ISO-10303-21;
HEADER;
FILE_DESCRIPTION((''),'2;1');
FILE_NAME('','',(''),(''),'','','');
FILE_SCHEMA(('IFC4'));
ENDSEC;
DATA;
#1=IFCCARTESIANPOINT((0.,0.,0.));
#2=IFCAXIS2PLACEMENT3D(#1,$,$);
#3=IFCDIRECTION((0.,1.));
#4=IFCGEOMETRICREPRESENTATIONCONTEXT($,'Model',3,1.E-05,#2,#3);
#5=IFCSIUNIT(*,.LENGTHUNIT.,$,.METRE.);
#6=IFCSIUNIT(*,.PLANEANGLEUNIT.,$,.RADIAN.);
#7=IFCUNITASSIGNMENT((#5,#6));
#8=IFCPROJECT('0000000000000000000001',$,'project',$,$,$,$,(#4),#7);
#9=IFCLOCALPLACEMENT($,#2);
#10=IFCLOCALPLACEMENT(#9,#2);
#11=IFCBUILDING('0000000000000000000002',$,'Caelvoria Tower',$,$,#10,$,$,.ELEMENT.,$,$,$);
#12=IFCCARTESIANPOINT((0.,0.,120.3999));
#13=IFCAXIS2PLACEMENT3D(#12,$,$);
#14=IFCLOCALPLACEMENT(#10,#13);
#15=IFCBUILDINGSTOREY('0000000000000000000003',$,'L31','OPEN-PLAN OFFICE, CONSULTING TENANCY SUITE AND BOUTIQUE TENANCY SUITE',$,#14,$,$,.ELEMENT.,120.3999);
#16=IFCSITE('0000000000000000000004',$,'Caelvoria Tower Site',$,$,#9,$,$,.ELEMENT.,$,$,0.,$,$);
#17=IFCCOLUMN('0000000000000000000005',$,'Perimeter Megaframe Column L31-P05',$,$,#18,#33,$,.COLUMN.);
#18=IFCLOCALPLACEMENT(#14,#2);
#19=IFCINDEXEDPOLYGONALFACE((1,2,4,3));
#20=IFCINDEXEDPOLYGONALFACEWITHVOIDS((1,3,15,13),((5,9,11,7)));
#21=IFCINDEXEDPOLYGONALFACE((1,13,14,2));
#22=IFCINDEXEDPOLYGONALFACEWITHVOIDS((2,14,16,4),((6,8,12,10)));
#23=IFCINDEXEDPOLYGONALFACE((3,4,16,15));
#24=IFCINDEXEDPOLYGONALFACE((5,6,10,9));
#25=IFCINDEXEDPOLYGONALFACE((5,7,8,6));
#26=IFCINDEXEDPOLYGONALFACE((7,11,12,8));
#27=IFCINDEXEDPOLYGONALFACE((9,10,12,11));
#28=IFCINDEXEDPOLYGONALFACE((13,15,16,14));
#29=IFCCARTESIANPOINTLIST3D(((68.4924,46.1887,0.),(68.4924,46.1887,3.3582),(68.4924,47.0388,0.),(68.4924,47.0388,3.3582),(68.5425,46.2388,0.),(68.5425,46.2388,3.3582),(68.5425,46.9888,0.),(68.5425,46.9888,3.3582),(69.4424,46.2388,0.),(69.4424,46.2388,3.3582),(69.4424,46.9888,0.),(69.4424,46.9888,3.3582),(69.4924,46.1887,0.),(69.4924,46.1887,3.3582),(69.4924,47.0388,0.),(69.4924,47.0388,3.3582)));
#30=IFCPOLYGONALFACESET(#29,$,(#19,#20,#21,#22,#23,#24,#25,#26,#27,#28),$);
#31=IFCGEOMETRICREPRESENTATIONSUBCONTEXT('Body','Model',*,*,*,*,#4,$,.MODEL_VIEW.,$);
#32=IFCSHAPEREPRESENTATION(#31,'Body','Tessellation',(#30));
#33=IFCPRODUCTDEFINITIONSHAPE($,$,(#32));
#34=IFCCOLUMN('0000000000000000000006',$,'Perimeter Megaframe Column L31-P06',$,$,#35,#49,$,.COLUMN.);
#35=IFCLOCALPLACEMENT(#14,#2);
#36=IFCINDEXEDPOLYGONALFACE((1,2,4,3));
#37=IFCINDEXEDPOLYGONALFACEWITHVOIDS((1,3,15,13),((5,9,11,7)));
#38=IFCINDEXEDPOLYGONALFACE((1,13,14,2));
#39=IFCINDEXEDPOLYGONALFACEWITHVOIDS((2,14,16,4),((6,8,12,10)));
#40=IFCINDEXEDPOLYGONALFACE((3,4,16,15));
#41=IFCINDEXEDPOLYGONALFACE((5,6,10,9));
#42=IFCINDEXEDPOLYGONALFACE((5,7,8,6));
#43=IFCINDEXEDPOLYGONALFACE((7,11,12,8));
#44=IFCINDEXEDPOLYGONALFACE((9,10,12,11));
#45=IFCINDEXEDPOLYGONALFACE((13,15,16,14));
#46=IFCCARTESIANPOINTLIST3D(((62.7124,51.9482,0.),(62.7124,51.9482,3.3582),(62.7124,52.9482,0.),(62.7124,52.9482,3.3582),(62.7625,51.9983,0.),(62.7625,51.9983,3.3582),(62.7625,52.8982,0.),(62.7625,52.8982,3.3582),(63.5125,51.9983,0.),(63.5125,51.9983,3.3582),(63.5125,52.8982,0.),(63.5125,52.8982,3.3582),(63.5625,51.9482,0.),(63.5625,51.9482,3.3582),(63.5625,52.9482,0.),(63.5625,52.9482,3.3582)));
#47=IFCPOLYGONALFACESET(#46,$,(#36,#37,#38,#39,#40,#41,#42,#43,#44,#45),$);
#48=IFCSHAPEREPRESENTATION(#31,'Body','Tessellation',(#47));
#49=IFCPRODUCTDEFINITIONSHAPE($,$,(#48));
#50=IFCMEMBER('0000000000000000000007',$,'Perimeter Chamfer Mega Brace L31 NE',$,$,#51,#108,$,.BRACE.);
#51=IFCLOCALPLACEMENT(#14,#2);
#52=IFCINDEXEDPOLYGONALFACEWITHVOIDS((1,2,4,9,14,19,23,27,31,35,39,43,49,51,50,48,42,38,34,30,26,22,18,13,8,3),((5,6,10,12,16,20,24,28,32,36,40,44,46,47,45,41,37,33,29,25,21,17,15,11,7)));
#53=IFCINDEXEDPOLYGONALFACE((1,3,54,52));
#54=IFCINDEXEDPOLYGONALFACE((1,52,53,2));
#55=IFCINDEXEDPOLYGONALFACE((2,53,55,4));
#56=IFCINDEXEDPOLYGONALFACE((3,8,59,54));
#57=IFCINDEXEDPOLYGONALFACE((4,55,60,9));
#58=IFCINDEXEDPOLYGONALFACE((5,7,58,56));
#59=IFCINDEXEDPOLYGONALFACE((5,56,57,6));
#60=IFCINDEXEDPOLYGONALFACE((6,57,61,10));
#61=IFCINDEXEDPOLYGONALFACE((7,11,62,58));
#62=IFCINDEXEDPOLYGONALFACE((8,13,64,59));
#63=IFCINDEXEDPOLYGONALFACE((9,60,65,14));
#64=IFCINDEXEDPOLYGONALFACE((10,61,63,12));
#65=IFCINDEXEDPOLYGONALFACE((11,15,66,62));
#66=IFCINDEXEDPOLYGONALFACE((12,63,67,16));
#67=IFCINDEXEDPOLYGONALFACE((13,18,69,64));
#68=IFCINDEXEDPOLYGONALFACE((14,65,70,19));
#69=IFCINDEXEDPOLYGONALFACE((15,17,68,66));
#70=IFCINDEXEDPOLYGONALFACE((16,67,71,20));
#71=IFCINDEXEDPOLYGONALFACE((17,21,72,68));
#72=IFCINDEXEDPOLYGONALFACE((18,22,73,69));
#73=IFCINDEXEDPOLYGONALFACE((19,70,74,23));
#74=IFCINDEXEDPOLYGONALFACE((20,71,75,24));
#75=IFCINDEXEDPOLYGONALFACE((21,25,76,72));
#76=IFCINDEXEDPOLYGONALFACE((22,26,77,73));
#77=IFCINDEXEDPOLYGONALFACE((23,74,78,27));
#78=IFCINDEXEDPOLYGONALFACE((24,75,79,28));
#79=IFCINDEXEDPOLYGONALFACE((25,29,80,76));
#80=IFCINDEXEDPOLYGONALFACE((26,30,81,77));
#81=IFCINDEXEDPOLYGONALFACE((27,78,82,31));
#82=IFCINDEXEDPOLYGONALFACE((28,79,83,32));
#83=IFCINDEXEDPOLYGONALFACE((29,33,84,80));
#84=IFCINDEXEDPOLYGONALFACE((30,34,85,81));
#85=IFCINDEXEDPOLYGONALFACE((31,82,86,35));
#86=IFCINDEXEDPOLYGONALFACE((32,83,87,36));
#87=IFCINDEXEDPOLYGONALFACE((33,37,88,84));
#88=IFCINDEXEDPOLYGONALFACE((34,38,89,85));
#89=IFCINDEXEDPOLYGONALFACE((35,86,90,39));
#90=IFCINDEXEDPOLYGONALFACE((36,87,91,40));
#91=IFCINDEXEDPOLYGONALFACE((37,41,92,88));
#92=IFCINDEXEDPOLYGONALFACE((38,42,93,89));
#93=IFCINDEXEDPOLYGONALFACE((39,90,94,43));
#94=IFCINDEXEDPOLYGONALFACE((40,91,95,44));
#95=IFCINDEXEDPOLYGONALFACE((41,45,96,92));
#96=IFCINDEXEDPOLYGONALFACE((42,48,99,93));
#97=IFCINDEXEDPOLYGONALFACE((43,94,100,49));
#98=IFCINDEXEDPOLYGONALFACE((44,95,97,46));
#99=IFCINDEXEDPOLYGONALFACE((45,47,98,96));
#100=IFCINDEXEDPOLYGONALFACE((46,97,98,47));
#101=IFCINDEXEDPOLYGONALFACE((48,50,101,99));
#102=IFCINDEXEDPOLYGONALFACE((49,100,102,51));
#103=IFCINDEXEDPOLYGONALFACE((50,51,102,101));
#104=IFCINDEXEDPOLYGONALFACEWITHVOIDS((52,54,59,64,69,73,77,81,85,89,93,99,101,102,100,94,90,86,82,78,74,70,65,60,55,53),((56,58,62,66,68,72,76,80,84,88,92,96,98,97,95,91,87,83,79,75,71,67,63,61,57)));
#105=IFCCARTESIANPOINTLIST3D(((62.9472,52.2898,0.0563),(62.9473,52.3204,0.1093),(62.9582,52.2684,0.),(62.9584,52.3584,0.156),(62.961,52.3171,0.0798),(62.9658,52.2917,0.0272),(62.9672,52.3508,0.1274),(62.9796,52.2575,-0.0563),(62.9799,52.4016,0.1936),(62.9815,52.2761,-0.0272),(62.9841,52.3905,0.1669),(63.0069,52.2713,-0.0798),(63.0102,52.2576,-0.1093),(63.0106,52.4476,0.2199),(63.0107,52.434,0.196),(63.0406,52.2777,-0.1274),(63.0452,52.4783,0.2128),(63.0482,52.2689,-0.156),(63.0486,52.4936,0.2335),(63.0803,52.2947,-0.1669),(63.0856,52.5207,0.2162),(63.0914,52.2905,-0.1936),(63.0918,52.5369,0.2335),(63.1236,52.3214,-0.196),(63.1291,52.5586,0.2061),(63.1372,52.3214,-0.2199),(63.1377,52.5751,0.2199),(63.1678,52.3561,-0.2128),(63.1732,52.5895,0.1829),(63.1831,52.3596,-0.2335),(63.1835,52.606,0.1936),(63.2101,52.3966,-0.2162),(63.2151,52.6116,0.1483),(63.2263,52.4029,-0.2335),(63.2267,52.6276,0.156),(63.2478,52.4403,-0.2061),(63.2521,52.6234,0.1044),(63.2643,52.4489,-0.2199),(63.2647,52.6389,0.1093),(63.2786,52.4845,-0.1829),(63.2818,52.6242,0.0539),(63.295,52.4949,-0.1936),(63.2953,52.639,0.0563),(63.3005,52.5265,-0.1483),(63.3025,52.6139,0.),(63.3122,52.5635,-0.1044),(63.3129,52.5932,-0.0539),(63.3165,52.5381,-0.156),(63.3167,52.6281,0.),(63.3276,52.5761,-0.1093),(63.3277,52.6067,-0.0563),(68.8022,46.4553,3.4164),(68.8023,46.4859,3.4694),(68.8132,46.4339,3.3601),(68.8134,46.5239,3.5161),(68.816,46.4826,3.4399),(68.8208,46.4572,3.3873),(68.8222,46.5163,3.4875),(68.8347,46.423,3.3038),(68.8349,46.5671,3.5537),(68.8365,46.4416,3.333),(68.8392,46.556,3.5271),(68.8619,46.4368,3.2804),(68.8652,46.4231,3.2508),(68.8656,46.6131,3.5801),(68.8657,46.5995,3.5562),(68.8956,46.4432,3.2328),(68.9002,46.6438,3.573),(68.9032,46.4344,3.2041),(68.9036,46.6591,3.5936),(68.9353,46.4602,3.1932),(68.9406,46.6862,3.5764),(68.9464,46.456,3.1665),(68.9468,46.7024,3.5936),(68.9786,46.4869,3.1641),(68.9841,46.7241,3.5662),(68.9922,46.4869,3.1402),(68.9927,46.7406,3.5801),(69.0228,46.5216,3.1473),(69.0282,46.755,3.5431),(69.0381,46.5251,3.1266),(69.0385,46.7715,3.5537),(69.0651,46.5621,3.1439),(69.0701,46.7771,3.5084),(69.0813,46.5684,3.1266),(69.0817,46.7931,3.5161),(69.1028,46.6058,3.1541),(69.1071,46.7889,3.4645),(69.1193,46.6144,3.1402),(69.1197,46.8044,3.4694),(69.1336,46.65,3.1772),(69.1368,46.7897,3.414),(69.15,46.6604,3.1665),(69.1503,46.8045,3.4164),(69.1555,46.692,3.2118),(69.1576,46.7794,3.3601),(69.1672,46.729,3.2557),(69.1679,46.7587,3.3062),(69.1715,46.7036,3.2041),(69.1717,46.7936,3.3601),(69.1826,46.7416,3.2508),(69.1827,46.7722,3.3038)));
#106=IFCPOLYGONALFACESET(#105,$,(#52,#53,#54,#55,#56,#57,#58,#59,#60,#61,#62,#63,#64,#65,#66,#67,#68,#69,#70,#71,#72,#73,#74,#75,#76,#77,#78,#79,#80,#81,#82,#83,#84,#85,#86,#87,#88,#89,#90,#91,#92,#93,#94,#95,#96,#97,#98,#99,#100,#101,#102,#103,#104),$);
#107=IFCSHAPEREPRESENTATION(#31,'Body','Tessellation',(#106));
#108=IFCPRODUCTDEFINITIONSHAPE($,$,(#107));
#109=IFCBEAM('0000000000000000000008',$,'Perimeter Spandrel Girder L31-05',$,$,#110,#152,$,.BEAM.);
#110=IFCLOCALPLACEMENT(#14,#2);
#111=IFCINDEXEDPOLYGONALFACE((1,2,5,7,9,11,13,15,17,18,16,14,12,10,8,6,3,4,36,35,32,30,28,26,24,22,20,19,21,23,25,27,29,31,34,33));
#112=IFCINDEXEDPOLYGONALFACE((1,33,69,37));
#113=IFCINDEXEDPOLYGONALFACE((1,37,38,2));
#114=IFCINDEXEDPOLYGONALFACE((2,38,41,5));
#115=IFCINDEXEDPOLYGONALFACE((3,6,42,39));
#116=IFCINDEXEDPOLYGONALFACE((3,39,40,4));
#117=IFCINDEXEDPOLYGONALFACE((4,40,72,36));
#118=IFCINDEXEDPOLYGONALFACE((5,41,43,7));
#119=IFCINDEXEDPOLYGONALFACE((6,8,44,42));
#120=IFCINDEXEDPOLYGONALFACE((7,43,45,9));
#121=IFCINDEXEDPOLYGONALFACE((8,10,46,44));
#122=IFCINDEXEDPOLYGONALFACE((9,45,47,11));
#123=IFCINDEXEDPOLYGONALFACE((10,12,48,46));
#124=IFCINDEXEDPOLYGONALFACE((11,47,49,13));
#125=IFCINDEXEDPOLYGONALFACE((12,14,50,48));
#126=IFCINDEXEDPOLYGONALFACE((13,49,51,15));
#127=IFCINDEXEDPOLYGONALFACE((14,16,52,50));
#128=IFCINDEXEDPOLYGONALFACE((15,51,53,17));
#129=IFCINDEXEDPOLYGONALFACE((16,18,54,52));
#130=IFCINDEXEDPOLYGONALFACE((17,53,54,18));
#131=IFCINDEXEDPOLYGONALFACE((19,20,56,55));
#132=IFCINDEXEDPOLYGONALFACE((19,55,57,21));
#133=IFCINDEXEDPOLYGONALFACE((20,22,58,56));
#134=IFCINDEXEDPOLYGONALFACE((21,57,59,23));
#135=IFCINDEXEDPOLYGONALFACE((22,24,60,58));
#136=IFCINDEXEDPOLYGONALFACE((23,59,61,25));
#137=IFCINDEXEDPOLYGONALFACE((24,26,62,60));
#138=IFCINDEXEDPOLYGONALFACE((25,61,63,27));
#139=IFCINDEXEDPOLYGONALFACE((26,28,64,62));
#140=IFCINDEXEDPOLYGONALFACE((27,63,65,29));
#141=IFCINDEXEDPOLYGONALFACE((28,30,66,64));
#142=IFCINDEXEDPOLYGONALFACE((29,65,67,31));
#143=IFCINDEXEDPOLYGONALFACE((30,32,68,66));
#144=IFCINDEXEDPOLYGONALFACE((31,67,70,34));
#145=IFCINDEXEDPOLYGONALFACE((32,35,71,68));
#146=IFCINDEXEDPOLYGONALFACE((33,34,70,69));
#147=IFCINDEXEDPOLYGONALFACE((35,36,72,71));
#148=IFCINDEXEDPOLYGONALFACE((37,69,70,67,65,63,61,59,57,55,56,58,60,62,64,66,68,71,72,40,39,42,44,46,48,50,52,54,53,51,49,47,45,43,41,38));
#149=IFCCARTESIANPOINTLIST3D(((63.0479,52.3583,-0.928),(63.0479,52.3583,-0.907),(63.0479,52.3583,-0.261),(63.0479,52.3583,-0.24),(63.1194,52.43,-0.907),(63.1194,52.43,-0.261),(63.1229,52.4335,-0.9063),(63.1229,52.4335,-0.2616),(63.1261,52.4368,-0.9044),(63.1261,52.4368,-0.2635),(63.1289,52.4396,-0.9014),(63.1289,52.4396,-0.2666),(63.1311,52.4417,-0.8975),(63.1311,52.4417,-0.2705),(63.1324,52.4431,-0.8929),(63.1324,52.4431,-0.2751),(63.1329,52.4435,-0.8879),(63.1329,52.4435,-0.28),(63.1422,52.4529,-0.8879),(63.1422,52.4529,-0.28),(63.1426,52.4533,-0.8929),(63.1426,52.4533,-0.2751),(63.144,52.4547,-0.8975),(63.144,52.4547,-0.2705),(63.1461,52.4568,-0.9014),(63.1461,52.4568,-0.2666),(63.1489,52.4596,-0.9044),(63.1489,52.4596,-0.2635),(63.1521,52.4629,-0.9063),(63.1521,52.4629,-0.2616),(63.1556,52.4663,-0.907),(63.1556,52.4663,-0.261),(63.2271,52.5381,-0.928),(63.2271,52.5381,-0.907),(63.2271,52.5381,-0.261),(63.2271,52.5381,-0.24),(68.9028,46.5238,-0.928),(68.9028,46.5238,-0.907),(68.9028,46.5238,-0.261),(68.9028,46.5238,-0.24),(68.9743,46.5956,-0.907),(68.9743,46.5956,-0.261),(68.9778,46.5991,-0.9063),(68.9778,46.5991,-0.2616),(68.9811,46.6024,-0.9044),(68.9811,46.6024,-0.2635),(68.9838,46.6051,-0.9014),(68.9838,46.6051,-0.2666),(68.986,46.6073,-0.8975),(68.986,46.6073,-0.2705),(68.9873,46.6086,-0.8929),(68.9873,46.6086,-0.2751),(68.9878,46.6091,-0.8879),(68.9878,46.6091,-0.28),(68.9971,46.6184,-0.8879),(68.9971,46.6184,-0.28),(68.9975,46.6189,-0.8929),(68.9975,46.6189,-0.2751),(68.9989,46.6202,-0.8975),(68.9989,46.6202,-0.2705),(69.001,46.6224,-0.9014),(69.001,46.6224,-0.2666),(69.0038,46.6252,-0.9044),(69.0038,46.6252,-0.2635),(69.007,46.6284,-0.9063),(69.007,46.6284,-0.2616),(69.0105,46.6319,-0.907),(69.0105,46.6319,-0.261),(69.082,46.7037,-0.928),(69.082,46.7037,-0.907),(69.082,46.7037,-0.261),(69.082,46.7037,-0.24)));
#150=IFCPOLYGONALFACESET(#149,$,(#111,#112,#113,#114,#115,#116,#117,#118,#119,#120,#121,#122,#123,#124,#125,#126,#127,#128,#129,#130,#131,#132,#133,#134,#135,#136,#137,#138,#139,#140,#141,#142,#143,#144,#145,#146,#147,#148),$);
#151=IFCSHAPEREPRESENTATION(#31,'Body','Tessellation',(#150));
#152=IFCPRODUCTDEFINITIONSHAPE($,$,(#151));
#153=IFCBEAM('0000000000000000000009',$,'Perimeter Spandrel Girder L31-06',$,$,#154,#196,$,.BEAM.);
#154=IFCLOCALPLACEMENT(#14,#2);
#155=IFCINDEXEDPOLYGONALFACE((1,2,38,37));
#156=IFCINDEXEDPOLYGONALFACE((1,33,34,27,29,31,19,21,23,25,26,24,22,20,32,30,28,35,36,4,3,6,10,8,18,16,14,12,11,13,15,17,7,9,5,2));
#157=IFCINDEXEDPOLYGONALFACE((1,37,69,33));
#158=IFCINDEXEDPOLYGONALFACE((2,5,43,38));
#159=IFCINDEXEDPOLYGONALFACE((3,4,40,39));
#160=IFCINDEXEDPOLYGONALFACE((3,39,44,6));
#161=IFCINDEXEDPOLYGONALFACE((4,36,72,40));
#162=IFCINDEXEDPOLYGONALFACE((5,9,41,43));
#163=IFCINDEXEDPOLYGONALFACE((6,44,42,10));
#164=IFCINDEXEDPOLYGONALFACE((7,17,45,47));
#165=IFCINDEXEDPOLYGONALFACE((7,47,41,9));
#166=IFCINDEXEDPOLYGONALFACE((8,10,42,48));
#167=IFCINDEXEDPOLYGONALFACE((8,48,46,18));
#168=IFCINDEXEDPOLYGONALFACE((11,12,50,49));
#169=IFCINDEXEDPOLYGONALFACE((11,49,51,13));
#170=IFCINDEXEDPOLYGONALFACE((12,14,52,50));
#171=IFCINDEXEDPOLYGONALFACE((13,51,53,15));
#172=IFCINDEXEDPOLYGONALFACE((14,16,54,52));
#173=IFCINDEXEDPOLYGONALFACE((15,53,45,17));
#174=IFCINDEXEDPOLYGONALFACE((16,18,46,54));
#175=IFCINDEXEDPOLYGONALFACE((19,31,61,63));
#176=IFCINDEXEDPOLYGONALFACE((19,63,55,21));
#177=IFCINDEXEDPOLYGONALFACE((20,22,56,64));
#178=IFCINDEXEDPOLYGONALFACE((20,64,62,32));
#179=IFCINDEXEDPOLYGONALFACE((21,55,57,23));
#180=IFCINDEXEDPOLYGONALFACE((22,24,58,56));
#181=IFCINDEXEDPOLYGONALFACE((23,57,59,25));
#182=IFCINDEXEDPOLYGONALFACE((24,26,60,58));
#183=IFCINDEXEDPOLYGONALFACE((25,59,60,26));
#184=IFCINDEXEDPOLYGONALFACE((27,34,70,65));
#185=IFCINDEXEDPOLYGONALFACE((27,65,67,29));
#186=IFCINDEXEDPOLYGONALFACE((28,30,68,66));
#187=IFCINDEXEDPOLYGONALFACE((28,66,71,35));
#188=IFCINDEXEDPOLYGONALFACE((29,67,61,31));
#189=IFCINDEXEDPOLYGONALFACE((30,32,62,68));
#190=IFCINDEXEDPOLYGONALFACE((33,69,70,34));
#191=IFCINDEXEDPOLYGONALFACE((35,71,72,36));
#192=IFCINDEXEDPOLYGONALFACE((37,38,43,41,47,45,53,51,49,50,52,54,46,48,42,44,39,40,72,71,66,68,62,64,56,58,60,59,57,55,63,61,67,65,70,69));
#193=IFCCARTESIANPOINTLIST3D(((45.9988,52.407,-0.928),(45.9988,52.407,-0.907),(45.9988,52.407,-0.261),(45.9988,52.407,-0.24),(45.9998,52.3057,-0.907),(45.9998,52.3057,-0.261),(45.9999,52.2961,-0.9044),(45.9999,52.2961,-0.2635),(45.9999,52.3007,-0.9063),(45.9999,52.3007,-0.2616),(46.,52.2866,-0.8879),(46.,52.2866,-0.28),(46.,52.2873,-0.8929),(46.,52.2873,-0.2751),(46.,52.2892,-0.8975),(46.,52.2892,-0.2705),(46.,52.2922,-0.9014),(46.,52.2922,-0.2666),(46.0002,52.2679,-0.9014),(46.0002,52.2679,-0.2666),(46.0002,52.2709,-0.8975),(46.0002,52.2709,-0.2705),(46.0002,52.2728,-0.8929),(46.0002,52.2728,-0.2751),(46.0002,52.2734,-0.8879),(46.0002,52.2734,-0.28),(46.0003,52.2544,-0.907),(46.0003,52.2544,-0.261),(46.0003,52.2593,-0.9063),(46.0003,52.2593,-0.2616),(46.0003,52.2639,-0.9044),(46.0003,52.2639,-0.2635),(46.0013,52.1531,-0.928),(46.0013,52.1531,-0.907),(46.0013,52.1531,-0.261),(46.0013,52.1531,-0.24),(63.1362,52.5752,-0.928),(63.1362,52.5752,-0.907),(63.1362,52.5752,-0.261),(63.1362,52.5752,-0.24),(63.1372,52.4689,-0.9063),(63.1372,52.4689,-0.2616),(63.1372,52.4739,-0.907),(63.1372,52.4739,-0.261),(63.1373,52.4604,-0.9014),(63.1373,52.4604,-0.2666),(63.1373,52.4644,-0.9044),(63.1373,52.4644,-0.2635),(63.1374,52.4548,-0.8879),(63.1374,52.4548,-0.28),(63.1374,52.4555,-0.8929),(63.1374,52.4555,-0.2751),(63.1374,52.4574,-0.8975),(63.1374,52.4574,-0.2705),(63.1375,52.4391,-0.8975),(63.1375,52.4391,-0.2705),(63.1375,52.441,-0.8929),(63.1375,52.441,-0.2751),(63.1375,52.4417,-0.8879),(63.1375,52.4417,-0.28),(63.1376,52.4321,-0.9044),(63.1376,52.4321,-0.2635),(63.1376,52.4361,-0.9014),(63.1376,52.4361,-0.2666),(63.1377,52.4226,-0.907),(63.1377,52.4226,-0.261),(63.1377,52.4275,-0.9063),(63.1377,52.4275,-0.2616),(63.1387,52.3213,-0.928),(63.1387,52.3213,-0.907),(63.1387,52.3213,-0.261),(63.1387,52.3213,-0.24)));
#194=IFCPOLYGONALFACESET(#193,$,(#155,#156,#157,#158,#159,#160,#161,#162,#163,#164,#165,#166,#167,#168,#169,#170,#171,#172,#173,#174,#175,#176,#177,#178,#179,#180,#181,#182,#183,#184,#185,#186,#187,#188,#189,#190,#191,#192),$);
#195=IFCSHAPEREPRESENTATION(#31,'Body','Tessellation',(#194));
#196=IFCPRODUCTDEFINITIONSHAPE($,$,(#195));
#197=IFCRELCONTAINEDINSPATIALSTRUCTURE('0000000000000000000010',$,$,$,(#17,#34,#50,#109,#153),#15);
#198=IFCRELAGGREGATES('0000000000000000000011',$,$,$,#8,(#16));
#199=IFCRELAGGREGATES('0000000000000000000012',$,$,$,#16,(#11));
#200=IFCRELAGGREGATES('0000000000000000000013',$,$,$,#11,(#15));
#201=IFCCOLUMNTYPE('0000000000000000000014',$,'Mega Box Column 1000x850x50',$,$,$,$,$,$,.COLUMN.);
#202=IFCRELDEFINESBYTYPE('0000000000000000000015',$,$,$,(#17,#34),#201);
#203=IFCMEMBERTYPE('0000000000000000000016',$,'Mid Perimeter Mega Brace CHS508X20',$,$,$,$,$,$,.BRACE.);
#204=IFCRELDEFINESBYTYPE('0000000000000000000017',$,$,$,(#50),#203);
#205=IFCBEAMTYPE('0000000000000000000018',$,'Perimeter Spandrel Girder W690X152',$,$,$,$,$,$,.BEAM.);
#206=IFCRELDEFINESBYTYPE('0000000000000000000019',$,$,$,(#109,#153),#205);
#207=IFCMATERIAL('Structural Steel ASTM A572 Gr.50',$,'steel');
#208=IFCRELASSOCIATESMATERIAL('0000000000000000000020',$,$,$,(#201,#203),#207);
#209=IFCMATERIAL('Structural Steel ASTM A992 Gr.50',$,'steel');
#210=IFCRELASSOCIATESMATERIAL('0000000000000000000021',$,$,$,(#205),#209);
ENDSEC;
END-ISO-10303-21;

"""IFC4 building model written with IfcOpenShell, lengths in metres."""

from ifc_helpers import new_model, si_unit, direction, frame, origin, origin_2d, place, context, subcontext, project, spatial, hollow_rectangle, hollow_circle, i_section, extrude, material, material_profile, profile_set, type_object, element, save


model = new_model("IFC4")

# Units and contexts
model_context = context("Model", 3, precision=1e-05, world=origin(), true_north=direction((0.0, 1.0)))
body_context = subcontext(model_context, "Body", "Model", "MODEL_VIEW")
ifc_project = project(units=[si_unit("LENGTHUNIT", "METRE"), si_unit("PLANEANGLEUNIT", "RADIAN")], contexts=[model_context])

# Site, building, storey
site_placement = place(None, origin())
site = spatial("IfcSite", under=ifc_project, at=site_placement, Name="Caelvoria Tower Site", CompositionType="ELEMENT", RefElevation=0.0)
building_placement = place(site_placement, origin())
building = spatial("IfcBuilding", under=site, at=building_placement, Name="Caelvoria Tower", CompositionType="ELEMENT")
storey_placement = place(building_placement, frame((0.0, 0.0, 120.3999)))
storey = spatial("IfcBuildingStorey", under=building, at=storey_placement, Name="L31", Description="OPEN-PLAN OFFICE, CONSULTING TENANCY SUITE AND BOUTIQUE TENANCY SUITE", CompositionType="ELEMENT", Elevation=120.3999)

# Columns
ifc_material_1 = material(Name="Structural Steel ASTM A572 Gr.50", Category="steel")
ifc_material_profile_1 = material_profile(ifc_material_1, hollow_rectangle(XDim=0.8501, YDim=1.0, WallThickness=0.05, at=origin_2d()), Name="Structural Steel ASTM A572 Gr.50")
ifc_profile_set_1 = profile_set([ifc_material_profile_1], Name="BOX1000X850X50 - Structural Steel ASTM A572 Gr.50")
column_type = type_object("IfcColumnType", Name="Mega Box Column 1000x850x50", PredefinedType="COLUMN", material=ifc_profile_set_1)
for number, where, z_axis, x_axis, name in (
    (1, (68.9924, 46.6138, 0.0), (0.0, 0.0, 1.0), (0.0, 1.0, 0.0), "Perimeter Megaframe Column L31-P05"),
    (2, (63.1375, 52.4482, 0.0), (0.0, 0.0, 1.0), (1.0, 0.0, 0.0), "Perimeter Megaframe Column L31-P06"),
):
    element("IfcColumn", number, at=place(storey_placement, frame(where, z_axis=z_axis, x_axis=x_axis)), inside=storey, type_object=column_type, Name=name, PredefinedType="COLUMN", context=body_context, shape_type="SweptSolid", body=[
        extrude(hollow_rectangle(XDim=0.8501, YDim=1.0, WallThickness=0.05, at=origin_2d()), origin(), (0.0, 0.0, 1.0), 3.3582),
    ])

# Member
ifc_material_profile_2 = material_profile(ifc_material_1, hollow_circle(Radius=0.2539, WallThickness=0.02, at=origin_2d()), Name="Structural Steel ASTM A572 Gr.50")
ifc_profile_set_2 = profile_set([ifc_material_profile_2], Name="CHS508X20 - Structural Steel ASTM A572 Gr.50")
member_type = type_object("IfcMemberType", Name="Mid Perimeter Mega Brace CHS508X20", PredefinedType="BRACE", material=ifc_profile_set_2)
member_placement = place(storey_placement, frame((63.1375, 52.4482, 0.0), z_axis=(0.656199, -0.653901, 0.376585), x_axis=(0.705865, 0.708346, 0.0)))
element("IfcMember", 3, at=member_placement, inside=storey, type_object=member_type, Name="Perimeter Chamfer Mega Brace L31 NE", PredefinedType="BRACE", context=body_context, shape_type="SweptSolid", body=[
    extrude(hollow_circle(Radius=0.2539, WallThickness=0.02, at=origin_2d()), origin(), (0.0, 0.0, 1.0), 8.9226),
])

# Beams
ifc_material_2 = material(Name="Structural Steel ASTM A992 Gr.50", Category="steel")
ifc_material_profile_3 = material_profile(ifc_material_2, i_section(OverallWidth=0.2539, OverallDepth=0.688, WebThickness=0.0132, FlangeThickness=0.021, FilletRadius=0.019, at=origin_2d()), Name="Structural Steel ASTM A992 Gr.50")
ifc_profile_set_3 = profile_set([ifc_material_profile_3], Name="W690X152 - Structural Steel ASTM A992 Gr.50")
beam_type_1 = type_object("IfcBeamType", Name="Perimeter Spandrel Girder W690X152", PredefinedType="BEAM", material=ifc_profile_set_3)
beam_1_placement = place(storey_placement, frame((68.9924, 46.6138, -0.584), z_axis=(-0.708346, 0.705865, 0.0), x_axis=(-0.705865, -0.708346, 0.0)))
element("IfcBeam", 4, at=beam_1_placement, inside=storey, type_object=beam_type_1, Name="Perimeter Spandrel Girder L31-05", PredefinedType="BEAM", context=body_context, shape_type="SweptSolid", body=[
    extrude(i_section(OverallWidth=0.2539, OverallDepth=0.688, WebThickness=0.0132, FlangeThickness=0.021, FilletRadius=0.019, at=origin_2d()), origin(), (0.0, 0.0, 1.0), 8.2656),
])
beam_2_placement = place(storey_placement, frame((63.1375, 52.4482, -0.584), z_axis=(-0.999952, -0.009815, 0.0), x_axis=(0.009815, -0.999952, 0.0)))
element("IfcBeam", 5, at=beam_2_placement, inside=storey, type_object=beam_type_1, Name="Perimeter Spandrel Girder L31-06", PredefinedType="BEAM", context=body_context, shape_type="SweptSolid", body=[
    extrude(i_section(OverallWidth=0.2539, OverallDepth=0.688, WebThickness=0.0132, FlangeThickness=0.021, FilletRadius=0.019, at=origin_2d()), origin(), (0.0, 0.0, 1.0), 17.1382),
])

save(model, "model.ifc")
